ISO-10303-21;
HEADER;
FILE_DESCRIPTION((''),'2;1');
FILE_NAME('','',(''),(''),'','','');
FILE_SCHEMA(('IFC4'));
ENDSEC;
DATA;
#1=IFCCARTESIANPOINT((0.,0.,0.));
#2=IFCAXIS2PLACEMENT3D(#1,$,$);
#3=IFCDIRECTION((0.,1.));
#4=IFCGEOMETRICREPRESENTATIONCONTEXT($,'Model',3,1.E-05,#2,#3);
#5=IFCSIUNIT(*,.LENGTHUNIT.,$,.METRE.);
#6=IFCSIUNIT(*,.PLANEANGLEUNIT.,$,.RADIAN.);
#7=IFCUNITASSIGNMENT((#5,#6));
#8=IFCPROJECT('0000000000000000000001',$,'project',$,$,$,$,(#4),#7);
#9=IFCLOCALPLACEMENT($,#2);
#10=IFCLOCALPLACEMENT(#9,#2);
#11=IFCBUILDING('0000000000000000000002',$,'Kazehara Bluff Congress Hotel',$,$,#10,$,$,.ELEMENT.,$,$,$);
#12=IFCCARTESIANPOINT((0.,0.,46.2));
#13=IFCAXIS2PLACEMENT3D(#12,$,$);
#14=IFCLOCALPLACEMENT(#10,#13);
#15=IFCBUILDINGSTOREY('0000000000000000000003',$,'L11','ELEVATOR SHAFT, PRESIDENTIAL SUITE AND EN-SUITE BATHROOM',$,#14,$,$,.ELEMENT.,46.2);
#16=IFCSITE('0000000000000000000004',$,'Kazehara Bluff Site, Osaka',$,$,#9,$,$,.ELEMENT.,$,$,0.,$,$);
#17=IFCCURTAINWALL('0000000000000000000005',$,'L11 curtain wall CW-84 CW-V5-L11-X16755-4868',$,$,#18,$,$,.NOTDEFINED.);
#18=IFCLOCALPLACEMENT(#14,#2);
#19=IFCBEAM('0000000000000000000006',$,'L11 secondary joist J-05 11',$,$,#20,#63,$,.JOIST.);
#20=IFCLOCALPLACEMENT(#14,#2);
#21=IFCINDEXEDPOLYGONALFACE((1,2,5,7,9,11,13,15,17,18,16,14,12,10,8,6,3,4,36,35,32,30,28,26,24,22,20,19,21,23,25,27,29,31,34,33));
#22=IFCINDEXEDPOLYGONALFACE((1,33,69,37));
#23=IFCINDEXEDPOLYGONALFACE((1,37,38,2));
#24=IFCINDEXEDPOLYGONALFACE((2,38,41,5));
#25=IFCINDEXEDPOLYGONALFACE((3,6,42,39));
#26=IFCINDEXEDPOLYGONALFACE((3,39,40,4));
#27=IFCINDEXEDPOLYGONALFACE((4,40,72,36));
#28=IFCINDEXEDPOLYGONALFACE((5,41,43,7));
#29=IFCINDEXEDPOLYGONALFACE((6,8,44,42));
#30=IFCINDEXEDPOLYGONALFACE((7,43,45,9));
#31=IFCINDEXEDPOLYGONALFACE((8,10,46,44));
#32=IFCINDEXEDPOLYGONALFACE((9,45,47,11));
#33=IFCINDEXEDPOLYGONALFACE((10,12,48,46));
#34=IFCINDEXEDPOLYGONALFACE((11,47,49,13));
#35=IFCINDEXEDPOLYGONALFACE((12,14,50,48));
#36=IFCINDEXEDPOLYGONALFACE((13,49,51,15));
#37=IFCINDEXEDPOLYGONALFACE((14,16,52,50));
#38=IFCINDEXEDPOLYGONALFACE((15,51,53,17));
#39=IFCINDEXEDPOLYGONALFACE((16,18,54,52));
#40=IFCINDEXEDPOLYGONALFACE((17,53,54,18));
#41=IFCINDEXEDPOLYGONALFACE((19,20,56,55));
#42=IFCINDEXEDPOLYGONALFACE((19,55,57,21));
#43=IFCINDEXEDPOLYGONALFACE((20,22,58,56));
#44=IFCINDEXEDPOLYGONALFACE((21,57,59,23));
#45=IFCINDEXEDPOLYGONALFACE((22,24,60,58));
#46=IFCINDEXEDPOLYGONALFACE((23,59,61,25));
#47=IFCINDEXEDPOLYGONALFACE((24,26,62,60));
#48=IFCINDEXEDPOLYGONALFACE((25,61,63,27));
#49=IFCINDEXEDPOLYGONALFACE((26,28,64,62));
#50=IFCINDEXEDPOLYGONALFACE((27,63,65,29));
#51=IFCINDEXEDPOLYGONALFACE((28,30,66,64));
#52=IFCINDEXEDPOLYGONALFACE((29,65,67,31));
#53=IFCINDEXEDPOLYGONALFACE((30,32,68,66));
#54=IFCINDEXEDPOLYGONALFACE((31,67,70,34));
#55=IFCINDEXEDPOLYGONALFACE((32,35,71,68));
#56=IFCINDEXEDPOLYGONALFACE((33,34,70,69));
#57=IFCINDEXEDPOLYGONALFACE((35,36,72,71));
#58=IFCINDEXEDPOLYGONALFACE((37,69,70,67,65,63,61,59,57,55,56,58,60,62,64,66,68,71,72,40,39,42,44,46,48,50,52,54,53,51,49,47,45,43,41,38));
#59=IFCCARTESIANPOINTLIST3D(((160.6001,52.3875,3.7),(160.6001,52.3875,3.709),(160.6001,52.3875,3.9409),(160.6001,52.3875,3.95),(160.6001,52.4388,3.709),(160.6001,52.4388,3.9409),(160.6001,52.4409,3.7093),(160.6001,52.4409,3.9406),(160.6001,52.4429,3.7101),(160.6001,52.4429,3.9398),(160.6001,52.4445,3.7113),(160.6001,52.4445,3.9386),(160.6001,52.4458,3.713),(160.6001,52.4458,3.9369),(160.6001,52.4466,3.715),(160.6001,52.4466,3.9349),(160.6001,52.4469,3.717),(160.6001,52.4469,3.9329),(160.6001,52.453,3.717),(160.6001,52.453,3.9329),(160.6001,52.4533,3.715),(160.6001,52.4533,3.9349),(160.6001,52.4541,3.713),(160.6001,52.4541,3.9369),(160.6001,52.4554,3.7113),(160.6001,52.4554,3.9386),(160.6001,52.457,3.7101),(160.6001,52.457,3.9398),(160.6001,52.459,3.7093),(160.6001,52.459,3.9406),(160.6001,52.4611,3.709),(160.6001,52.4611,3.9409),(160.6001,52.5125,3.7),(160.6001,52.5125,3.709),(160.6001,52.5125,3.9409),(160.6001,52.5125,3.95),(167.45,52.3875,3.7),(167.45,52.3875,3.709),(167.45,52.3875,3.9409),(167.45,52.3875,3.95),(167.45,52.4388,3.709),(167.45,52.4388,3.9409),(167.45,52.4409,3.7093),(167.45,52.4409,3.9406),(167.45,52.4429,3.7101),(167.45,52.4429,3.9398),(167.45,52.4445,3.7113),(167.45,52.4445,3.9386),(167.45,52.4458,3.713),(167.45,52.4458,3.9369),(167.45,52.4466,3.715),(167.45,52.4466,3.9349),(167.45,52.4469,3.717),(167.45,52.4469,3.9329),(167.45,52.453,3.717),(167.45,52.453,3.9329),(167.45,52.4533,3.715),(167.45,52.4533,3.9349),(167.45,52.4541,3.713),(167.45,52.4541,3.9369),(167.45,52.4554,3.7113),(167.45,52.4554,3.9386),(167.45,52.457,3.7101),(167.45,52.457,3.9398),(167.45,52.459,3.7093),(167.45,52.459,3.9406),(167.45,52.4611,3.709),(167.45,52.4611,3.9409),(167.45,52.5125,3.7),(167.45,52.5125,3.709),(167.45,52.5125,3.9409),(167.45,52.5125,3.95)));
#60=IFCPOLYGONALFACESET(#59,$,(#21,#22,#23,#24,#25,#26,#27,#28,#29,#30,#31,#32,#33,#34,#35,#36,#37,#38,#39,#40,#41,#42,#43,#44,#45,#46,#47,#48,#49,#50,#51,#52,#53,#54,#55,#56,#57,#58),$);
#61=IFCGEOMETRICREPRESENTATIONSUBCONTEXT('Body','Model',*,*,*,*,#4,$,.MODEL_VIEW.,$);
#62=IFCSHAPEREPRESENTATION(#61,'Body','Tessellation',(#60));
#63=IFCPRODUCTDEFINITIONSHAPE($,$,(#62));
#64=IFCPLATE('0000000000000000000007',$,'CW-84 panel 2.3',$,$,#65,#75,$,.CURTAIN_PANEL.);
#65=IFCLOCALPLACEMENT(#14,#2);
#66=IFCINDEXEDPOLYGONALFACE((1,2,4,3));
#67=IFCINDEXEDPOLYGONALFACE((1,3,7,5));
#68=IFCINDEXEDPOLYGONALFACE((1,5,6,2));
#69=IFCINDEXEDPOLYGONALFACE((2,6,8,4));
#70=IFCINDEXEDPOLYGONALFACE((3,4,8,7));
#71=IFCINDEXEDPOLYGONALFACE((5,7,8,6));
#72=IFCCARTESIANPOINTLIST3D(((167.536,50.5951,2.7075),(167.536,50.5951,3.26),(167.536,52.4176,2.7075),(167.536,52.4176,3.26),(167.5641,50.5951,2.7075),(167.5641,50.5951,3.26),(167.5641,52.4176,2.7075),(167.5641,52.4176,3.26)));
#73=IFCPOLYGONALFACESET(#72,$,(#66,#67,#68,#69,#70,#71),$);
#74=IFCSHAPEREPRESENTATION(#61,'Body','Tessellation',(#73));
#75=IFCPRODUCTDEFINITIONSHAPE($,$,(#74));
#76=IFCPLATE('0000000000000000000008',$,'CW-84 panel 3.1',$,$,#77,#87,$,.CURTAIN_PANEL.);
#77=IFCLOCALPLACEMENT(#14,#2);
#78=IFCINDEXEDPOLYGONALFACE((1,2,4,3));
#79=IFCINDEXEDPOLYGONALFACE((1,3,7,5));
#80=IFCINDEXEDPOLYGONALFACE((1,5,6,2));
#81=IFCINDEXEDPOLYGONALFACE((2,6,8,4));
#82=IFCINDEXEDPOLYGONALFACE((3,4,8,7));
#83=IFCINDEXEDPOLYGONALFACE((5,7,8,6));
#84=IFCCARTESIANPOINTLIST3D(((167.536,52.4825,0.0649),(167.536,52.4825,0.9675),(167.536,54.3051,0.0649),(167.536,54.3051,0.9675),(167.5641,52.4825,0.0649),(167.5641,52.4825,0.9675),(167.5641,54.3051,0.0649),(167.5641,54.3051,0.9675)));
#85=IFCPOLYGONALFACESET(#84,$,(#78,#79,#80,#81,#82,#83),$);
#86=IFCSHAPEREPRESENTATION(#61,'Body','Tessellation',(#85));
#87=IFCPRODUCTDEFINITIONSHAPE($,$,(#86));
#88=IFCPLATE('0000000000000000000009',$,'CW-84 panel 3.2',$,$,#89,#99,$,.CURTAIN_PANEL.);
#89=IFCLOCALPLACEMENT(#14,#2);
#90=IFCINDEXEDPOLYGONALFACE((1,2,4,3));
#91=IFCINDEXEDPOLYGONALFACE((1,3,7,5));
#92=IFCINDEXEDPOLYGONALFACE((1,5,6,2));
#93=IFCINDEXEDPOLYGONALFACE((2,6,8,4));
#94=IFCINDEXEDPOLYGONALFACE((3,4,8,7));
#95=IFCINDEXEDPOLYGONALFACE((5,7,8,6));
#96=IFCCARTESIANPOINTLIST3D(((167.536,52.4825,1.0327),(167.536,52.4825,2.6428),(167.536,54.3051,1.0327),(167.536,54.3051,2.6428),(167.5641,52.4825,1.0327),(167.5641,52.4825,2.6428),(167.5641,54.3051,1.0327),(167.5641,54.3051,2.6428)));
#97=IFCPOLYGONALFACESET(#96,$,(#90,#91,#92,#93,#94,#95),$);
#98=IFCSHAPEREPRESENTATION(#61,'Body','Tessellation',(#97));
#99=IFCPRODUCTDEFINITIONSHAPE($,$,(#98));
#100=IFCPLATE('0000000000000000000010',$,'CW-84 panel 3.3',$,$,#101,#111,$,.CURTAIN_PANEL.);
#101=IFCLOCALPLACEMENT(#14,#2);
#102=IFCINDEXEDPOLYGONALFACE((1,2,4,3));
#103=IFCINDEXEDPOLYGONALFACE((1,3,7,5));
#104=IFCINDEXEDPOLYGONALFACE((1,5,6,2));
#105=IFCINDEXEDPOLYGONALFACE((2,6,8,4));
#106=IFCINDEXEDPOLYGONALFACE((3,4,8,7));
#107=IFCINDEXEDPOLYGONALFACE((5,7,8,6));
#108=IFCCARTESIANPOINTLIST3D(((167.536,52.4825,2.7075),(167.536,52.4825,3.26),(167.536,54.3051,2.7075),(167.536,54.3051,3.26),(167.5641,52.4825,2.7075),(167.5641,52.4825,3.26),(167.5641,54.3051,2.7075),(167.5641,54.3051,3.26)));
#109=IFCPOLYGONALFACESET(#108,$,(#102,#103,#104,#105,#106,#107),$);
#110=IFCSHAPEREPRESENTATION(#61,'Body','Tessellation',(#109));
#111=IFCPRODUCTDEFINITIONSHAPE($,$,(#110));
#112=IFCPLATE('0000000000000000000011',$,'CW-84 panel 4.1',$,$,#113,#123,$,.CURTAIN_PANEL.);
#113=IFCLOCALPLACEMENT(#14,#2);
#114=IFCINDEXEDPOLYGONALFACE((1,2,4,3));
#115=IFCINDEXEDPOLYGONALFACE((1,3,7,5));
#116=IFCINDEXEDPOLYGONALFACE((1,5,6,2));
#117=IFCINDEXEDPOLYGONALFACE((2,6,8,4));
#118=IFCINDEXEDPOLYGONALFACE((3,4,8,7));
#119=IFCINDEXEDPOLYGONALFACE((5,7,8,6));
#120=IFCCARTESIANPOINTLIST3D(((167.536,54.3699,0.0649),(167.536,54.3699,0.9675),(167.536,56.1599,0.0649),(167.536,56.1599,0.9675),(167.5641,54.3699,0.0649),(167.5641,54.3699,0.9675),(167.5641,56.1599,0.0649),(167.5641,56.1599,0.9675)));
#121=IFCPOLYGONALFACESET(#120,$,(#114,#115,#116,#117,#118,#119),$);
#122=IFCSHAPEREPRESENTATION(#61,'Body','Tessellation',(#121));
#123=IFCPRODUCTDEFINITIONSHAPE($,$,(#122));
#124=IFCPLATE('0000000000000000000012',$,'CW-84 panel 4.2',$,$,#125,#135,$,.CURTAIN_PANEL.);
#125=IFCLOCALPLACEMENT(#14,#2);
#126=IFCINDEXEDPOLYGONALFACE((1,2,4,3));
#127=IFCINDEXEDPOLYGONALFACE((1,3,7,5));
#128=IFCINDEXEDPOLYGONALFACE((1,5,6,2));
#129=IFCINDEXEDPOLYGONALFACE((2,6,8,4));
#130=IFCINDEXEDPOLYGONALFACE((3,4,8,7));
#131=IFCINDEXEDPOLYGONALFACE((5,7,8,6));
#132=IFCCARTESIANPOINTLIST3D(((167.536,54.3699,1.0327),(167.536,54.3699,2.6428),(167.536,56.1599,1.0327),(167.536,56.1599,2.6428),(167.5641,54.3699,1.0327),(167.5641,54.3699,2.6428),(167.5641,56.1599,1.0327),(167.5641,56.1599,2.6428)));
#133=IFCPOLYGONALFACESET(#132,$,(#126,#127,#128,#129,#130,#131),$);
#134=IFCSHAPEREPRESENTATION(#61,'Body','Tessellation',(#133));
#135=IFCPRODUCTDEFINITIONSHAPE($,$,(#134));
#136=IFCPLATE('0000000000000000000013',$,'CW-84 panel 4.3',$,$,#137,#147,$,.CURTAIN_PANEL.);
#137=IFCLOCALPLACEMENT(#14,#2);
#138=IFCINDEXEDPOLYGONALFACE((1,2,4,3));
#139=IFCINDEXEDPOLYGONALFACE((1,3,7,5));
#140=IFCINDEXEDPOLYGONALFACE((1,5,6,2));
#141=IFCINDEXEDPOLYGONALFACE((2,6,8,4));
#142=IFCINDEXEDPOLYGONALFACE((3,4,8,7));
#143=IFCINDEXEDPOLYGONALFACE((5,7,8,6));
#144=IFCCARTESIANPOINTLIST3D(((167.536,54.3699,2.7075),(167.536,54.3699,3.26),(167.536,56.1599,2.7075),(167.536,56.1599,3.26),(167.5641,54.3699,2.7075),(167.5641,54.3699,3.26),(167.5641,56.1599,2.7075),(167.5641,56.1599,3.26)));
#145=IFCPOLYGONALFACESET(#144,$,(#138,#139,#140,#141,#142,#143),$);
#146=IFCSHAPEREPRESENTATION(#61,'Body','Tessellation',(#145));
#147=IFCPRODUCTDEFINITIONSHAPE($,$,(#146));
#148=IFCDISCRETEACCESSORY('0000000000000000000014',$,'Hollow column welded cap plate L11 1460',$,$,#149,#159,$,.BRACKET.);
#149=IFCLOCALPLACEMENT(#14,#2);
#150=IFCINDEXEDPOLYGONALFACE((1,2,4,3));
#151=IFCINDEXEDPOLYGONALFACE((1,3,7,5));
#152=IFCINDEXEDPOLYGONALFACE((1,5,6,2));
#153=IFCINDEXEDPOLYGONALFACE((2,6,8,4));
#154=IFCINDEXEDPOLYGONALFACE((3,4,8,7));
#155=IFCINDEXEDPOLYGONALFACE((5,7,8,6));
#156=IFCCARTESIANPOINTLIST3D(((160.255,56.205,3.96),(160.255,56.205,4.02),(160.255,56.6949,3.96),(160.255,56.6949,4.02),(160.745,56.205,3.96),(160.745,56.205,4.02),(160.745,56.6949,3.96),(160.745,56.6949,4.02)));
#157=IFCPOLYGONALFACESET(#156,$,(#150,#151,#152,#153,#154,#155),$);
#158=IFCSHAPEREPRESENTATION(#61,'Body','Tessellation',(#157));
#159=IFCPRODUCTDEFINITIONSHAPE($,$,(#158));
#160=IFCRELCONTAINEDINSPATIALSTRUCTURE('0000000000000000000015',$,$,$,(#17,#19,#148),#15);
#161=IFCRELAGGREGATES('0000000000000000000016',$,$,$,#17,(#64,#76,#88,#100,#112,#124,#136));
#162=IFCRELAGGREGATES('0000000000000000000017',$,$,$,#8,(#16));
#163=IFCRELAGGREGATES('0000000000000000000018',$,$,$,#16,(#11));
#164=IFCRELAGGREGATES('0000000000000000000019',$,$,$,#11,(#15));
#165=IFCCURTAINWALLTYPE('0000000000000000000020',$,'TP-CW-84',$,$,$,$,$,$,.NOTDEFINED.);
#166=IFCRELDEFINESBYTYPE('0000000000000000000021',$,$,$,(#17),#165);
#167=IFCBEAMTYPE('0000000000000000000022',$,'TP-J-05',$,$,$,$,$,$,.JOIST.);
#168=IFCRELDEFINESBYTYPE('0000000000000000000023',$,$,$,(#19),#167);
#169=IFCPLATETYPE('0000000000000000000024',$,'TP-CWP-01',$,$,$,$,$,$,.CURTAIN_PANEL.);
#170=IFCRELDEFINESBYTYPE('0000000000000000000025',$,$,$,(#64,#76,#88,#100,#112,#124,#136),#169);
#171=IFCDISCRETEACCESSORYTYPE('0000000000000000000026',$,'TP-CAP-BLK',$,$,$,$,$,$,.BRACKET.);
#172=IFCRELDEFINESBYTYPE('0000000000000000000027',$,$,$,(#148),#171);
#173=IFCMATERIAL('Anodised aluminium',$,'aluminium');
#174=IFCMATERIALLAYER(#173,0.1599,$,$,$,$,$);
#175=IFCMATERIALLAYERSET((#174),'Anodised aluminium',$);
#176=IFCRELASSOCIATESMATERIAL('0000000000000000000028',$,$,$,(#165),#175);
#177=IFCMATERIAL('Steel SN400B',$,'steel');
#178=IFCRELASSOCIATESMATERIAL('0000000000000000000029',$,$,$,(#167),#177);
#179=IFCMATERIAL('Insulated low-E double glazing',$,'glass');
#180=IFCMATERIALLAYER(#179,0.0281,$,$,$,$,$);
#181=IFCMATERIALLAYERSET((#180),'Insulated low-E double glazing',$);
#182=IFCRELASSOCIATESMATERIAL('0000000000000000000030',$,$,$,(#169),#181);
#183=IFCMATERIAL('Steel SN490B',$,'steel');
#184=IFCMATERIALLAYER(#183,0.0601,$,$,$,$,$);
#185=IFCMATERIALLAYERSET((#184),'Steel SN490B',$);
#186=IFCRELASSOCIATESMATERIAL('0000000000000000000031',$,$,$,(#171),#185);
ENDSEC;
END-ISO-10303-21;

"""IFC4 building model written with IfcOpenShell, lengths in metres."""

from ifc_helpers import new_model, si_unit, direction, frame, origin, origin_2d, place, context, subcontext, project, spatial, rectangle, i_section, extrude, material, layer, layer_set, material_profile, profile_set, type_object, element, aggregate, save


model = new_model("IFC4")

# Units and contexts
model_context = context("Model", 3, precision=1e-05, world=origin(), true_north=direction((0.0, 1.0)))
body_context = subcontext(model_context, "Body", "Model", "MODEL_VIEW")
ifc_project = project(units=[si_unit("LENGTHUNIT", "METRE"), si_unit("PLANEANGLEUNIT", "RADIAN")], contexts=[model_context])

# Site, building, storey
site_placement = place(None, origin())
site = spatial("IfcSite", under=ifc_project, at=site_placement, Name="Kazehara Bluff Site, Osaka", CompositionType="ELEMENT", RefElevation=0.0)
building_placement = place(site_placement, origin())
building = spatial("IfcBuilding", under=site, at=building_placement, Name="Kazehara Bluff Congress Hotel", CompositionType="ELEMENT")
storey_placement = place(building_placement, frame((0.0, 0.0, 46.2)))
storey = spatial("IfcBuildingStorey", under=building, at=storey_placement, Name="L11", Description="ELEVATOR SHAFT, PRESIDENTIAL SUITE AND EN-SUITE BATHROOM", CompositionType="ELEMENT", Elevation=46.2)

# Curtain wall
ifc_material_1 = material(Name="Anodised aluminium", Category="aluminium")
ifc_layer_1 = layer(ifc_material_1, 0.1599)
ifc_layer_set_1 = layer_set([ifc_layer_1], Name="Anodised aluminium")
curtain_wall_type = type_object("IfcCurtainWallType", Name="TP-CW-84", PredefinedType="NOTDEFINED", material=ifc_layer_set_1)
curtain_wall_placement = place(storey_placement, origin())
curtain_wall = element("IfcCurtainWall", 1, at=curtain_wall_placement, inside=storey, type_object=curtain_wall_type, Name="L11 curtain wall CW-84 CW-V5-L11-X16755-4868", PredefinedType="NOTDEFINED")

# Beam
ifc_material_2 = material(Name="Steel SN400B", Category="steel")
ifc_material_profile_1 = material_profile(ifc_material_2, i_section(OverallWidth=0.125, OverallDepth=0.25, WebThickness=0.0061, FlangeThickness=0.009, FilletRadius=0.0081, at=origin_2d()))
ifc_profile_set_1 = profile_set([ifc_material_profile_1], Name="Steel SN400B")
beam_type_1 = type_object("IfcBeamType", Name="TP-J-05", PredefinedType="JOIST", material=ifc_profile_set_1)
beam_1_placement = place(storey_placement, frame((160.6001, 52.45, 3.825), z_axis=(1.0, 0.0, 0.0), x_axis=(0.0, 1.0, 0.0)))
element("IfcBeam", 2, at=beam_1_placement, inside=storey, type_object=beam_type_1, Name="L11 secondary joist J-05 11", PredefinedType="JOIST", context=body_context, shape_type="SweptSolid", body=[
    extrude(i_section(OverallWidth=0.125, OverallDepth=0.25, WebThickness=0.0061, FlangeThickness=0.009, FilletRadius=0.0081, at=origin_2d()), origin(), (0.0, 0.0, 1.0), 6.8499),
])

# Plates
ifc_material_3 = material(Name="Insulated low-E double glazing", Category="glass")
ifc_layer_2 = layer(ifc_material_3, 0.0281)
ifc_layer_set_2 = layer_set([ifc_layer_2], Name="Insulated low-E double glazing")
plate_type = type_object("IfcPlateType", Name="TP-CWP-01", PredefinedType="CURTAIN_PANEL", material=ifc_layer_set_2)
plate_1_placement = place(storey_placement, frame((167.55, 51.5063, 2.7075), z_axis=(0.0, 0.0, 1.0), x_axis=(0.0, 1.0, 0.0)))
plate_1 = element("IfcPlate", 3, at=plate_1_placement, type_object=plate_type, Name="CW-84 panel 2.3", PredefinedType="CURTAIN_PANEL", context=body_context, shape_type="SweptSolid", body=[
    extrude(rectangle(XDim=1.8225, YDim=0.0281, at=origin_2d()), origin(), (0.0, 0.0, 1.0), 0.5525),
])
plate_2_placement = place(storey_placement, frame((167.55, 53.3938, 0.0649), z_axis=(0.0, 0.0, 1.0), x_axis=(0.0, 1.0, 0.0)))
plate_2 = element("IfcPlate", 4, at=plate_2_placement, type_object=plate_type, Name="CW-84 panel 3.1", PredefinedType="CURTAIN_PANEL", context=body_context, shape_type="SweptSolid", body=[
    extrude(rectangle(XDim=1.8225, YDim=0.0281, at=origin_2d()), origin(), (0.0, 0.0, 1.0), 0.9026),
])
plate_3_placement = place(storey_placement, frame((167.55, 53.3938, 1.0327), z_axis=(0.0, 0.0, 1.0), x_axis=(0.0, 1.0, 0.0)))
plate_3 = element("IfcPlate", 5, at=plate_3_placement, type_object=plate_type, Name="CW-84 panel 3.2", PredefinedType="CURTAIN_PANEL", context=body_context, shape_type="SweptSolid", body=[
    extrude(rectangle(XDim=1.8225, YDim=0.0281, at=origin_2d()), origin(), (0.0, 0.0, 1.0), 1.6101),
])
plate_4_placement = place(storey_placement, frame((167.55, 53.3938, 2.7075), z_axis=(0.0, 0.0, 1.0), x_axis=(0.0, 1.0, 0.0)))
plate_4 = element("IfcPlate", 6, at=plate_4_placement, type_object=plate_type, Name="CW-84 panel 3.3", PredefinedType="CURTAIN_PANEL", context=body_context, shape_type="SweptSolid", body=[
    extrude(rectangle(XDim=1.8225, YDim=0.0281, at=origin_2d()), origin(), (0.0, 0.0, 1.0), 0.5525),
])
plate_5_placement = place(storey_placement, frame((167.55, 55.2649, 0.0649), z_axis=(0.0, 0.0, 1.0), x_axis=(0.0, 1.0, 0.0)))
plate_5 = element("IfcPlate", 7, at=plate_5_placement, type_object=plate_type, Name="CW-84 panel 4.1", PredefinedType="CURTAIN_PANEL", context=body_context, shape_type="SweptSolid", body=[
    extrude(rectangle(XDim=1.79, YDim=0.0281, at=origin_2d()), origin(), (0.0, 0.0, 1.0), 0.9026),
])
plate_6_placement = place(storey_placement, frame((167.55, 55.2649, 1.0327), z_axis=(0.0, 0.0, 1.0), x_axis=(0.0, 1.0, 0.0)))
plate_6 = element("IfcPlate", 8, at=plate_6_placement, type_object=plate_type, Name="CW-84 panel 4.2", PredefinedType="CURTAIN_PANEL", context=body_context, shape_type="SweptSolid", body=[
    extrude(rectangle(XDim=1.79, YDim=0.0281, at=origin_2d()), origin(), (0.0, 0.0, 1.0), 1.6101),
])
plate_7_placement = place(storey_placement, frame((167.55, 55.2649, 2.7075), z_axis=(0.0, 0.0, 1.0), x_axis=(0.0, 1.0, 0.0)))
plate_7 = element("IfcPlate", 9, at=plate_7_placement, type_object=plate_type, Name="CW-84 panel 4.3", PredefinedType="CURTAIN_PANEL", context=body_context, shape_type="SweptSolid", body=[
    extrude(rectangle(XDim=1.79, YDim=0.0281, at=origin_2d()), origin(), (0.0, 0.0, 1.0), 0.5525),
])
aggregate(curtain_wall, [plate_1, plate_2, plate_3, plate_4, plate_5, plate_6, plate_7])

# Discrete accessory
ifc_material_4 = material(Name="Steel SN490B", Category="steel")
ifc_layer_3 = layer(ifc_material_4, 0.0601)
ifc_layer_set_3 = layer_set([ifc_layer_3], Name="Steel SN490B")
discrete_accessory_type = type_object("IfcDiscreteAccessoryType", Name="TP-CAP-BLK", PredefinedType="BRACKET", material=ifc_layer_set_3)
discrete_accessory_placement = place(storey_placement, frame((160.5, 56.45, 3.96), z_axis=(0.0, 0.0, 1.0), x_axis=(1.0, 0.0, 0.0)))
element("IfcDiscreteAccessory", 10, at=discrete_accessory_placement, inside=storey, type_object=discrete_accessory_type, Name="Hollow column welded cap plate L11 1460", PredefinedType="BRACKET", context=body_context, shape_type="SweptSolid", body=[
    extrude(rectangle(XDim=0.49, YDim=0.49, at=origin_2d()), origin(), (0.0, 0.0, 1.0), 0.0601),
])

save(model, "model.ifc")
